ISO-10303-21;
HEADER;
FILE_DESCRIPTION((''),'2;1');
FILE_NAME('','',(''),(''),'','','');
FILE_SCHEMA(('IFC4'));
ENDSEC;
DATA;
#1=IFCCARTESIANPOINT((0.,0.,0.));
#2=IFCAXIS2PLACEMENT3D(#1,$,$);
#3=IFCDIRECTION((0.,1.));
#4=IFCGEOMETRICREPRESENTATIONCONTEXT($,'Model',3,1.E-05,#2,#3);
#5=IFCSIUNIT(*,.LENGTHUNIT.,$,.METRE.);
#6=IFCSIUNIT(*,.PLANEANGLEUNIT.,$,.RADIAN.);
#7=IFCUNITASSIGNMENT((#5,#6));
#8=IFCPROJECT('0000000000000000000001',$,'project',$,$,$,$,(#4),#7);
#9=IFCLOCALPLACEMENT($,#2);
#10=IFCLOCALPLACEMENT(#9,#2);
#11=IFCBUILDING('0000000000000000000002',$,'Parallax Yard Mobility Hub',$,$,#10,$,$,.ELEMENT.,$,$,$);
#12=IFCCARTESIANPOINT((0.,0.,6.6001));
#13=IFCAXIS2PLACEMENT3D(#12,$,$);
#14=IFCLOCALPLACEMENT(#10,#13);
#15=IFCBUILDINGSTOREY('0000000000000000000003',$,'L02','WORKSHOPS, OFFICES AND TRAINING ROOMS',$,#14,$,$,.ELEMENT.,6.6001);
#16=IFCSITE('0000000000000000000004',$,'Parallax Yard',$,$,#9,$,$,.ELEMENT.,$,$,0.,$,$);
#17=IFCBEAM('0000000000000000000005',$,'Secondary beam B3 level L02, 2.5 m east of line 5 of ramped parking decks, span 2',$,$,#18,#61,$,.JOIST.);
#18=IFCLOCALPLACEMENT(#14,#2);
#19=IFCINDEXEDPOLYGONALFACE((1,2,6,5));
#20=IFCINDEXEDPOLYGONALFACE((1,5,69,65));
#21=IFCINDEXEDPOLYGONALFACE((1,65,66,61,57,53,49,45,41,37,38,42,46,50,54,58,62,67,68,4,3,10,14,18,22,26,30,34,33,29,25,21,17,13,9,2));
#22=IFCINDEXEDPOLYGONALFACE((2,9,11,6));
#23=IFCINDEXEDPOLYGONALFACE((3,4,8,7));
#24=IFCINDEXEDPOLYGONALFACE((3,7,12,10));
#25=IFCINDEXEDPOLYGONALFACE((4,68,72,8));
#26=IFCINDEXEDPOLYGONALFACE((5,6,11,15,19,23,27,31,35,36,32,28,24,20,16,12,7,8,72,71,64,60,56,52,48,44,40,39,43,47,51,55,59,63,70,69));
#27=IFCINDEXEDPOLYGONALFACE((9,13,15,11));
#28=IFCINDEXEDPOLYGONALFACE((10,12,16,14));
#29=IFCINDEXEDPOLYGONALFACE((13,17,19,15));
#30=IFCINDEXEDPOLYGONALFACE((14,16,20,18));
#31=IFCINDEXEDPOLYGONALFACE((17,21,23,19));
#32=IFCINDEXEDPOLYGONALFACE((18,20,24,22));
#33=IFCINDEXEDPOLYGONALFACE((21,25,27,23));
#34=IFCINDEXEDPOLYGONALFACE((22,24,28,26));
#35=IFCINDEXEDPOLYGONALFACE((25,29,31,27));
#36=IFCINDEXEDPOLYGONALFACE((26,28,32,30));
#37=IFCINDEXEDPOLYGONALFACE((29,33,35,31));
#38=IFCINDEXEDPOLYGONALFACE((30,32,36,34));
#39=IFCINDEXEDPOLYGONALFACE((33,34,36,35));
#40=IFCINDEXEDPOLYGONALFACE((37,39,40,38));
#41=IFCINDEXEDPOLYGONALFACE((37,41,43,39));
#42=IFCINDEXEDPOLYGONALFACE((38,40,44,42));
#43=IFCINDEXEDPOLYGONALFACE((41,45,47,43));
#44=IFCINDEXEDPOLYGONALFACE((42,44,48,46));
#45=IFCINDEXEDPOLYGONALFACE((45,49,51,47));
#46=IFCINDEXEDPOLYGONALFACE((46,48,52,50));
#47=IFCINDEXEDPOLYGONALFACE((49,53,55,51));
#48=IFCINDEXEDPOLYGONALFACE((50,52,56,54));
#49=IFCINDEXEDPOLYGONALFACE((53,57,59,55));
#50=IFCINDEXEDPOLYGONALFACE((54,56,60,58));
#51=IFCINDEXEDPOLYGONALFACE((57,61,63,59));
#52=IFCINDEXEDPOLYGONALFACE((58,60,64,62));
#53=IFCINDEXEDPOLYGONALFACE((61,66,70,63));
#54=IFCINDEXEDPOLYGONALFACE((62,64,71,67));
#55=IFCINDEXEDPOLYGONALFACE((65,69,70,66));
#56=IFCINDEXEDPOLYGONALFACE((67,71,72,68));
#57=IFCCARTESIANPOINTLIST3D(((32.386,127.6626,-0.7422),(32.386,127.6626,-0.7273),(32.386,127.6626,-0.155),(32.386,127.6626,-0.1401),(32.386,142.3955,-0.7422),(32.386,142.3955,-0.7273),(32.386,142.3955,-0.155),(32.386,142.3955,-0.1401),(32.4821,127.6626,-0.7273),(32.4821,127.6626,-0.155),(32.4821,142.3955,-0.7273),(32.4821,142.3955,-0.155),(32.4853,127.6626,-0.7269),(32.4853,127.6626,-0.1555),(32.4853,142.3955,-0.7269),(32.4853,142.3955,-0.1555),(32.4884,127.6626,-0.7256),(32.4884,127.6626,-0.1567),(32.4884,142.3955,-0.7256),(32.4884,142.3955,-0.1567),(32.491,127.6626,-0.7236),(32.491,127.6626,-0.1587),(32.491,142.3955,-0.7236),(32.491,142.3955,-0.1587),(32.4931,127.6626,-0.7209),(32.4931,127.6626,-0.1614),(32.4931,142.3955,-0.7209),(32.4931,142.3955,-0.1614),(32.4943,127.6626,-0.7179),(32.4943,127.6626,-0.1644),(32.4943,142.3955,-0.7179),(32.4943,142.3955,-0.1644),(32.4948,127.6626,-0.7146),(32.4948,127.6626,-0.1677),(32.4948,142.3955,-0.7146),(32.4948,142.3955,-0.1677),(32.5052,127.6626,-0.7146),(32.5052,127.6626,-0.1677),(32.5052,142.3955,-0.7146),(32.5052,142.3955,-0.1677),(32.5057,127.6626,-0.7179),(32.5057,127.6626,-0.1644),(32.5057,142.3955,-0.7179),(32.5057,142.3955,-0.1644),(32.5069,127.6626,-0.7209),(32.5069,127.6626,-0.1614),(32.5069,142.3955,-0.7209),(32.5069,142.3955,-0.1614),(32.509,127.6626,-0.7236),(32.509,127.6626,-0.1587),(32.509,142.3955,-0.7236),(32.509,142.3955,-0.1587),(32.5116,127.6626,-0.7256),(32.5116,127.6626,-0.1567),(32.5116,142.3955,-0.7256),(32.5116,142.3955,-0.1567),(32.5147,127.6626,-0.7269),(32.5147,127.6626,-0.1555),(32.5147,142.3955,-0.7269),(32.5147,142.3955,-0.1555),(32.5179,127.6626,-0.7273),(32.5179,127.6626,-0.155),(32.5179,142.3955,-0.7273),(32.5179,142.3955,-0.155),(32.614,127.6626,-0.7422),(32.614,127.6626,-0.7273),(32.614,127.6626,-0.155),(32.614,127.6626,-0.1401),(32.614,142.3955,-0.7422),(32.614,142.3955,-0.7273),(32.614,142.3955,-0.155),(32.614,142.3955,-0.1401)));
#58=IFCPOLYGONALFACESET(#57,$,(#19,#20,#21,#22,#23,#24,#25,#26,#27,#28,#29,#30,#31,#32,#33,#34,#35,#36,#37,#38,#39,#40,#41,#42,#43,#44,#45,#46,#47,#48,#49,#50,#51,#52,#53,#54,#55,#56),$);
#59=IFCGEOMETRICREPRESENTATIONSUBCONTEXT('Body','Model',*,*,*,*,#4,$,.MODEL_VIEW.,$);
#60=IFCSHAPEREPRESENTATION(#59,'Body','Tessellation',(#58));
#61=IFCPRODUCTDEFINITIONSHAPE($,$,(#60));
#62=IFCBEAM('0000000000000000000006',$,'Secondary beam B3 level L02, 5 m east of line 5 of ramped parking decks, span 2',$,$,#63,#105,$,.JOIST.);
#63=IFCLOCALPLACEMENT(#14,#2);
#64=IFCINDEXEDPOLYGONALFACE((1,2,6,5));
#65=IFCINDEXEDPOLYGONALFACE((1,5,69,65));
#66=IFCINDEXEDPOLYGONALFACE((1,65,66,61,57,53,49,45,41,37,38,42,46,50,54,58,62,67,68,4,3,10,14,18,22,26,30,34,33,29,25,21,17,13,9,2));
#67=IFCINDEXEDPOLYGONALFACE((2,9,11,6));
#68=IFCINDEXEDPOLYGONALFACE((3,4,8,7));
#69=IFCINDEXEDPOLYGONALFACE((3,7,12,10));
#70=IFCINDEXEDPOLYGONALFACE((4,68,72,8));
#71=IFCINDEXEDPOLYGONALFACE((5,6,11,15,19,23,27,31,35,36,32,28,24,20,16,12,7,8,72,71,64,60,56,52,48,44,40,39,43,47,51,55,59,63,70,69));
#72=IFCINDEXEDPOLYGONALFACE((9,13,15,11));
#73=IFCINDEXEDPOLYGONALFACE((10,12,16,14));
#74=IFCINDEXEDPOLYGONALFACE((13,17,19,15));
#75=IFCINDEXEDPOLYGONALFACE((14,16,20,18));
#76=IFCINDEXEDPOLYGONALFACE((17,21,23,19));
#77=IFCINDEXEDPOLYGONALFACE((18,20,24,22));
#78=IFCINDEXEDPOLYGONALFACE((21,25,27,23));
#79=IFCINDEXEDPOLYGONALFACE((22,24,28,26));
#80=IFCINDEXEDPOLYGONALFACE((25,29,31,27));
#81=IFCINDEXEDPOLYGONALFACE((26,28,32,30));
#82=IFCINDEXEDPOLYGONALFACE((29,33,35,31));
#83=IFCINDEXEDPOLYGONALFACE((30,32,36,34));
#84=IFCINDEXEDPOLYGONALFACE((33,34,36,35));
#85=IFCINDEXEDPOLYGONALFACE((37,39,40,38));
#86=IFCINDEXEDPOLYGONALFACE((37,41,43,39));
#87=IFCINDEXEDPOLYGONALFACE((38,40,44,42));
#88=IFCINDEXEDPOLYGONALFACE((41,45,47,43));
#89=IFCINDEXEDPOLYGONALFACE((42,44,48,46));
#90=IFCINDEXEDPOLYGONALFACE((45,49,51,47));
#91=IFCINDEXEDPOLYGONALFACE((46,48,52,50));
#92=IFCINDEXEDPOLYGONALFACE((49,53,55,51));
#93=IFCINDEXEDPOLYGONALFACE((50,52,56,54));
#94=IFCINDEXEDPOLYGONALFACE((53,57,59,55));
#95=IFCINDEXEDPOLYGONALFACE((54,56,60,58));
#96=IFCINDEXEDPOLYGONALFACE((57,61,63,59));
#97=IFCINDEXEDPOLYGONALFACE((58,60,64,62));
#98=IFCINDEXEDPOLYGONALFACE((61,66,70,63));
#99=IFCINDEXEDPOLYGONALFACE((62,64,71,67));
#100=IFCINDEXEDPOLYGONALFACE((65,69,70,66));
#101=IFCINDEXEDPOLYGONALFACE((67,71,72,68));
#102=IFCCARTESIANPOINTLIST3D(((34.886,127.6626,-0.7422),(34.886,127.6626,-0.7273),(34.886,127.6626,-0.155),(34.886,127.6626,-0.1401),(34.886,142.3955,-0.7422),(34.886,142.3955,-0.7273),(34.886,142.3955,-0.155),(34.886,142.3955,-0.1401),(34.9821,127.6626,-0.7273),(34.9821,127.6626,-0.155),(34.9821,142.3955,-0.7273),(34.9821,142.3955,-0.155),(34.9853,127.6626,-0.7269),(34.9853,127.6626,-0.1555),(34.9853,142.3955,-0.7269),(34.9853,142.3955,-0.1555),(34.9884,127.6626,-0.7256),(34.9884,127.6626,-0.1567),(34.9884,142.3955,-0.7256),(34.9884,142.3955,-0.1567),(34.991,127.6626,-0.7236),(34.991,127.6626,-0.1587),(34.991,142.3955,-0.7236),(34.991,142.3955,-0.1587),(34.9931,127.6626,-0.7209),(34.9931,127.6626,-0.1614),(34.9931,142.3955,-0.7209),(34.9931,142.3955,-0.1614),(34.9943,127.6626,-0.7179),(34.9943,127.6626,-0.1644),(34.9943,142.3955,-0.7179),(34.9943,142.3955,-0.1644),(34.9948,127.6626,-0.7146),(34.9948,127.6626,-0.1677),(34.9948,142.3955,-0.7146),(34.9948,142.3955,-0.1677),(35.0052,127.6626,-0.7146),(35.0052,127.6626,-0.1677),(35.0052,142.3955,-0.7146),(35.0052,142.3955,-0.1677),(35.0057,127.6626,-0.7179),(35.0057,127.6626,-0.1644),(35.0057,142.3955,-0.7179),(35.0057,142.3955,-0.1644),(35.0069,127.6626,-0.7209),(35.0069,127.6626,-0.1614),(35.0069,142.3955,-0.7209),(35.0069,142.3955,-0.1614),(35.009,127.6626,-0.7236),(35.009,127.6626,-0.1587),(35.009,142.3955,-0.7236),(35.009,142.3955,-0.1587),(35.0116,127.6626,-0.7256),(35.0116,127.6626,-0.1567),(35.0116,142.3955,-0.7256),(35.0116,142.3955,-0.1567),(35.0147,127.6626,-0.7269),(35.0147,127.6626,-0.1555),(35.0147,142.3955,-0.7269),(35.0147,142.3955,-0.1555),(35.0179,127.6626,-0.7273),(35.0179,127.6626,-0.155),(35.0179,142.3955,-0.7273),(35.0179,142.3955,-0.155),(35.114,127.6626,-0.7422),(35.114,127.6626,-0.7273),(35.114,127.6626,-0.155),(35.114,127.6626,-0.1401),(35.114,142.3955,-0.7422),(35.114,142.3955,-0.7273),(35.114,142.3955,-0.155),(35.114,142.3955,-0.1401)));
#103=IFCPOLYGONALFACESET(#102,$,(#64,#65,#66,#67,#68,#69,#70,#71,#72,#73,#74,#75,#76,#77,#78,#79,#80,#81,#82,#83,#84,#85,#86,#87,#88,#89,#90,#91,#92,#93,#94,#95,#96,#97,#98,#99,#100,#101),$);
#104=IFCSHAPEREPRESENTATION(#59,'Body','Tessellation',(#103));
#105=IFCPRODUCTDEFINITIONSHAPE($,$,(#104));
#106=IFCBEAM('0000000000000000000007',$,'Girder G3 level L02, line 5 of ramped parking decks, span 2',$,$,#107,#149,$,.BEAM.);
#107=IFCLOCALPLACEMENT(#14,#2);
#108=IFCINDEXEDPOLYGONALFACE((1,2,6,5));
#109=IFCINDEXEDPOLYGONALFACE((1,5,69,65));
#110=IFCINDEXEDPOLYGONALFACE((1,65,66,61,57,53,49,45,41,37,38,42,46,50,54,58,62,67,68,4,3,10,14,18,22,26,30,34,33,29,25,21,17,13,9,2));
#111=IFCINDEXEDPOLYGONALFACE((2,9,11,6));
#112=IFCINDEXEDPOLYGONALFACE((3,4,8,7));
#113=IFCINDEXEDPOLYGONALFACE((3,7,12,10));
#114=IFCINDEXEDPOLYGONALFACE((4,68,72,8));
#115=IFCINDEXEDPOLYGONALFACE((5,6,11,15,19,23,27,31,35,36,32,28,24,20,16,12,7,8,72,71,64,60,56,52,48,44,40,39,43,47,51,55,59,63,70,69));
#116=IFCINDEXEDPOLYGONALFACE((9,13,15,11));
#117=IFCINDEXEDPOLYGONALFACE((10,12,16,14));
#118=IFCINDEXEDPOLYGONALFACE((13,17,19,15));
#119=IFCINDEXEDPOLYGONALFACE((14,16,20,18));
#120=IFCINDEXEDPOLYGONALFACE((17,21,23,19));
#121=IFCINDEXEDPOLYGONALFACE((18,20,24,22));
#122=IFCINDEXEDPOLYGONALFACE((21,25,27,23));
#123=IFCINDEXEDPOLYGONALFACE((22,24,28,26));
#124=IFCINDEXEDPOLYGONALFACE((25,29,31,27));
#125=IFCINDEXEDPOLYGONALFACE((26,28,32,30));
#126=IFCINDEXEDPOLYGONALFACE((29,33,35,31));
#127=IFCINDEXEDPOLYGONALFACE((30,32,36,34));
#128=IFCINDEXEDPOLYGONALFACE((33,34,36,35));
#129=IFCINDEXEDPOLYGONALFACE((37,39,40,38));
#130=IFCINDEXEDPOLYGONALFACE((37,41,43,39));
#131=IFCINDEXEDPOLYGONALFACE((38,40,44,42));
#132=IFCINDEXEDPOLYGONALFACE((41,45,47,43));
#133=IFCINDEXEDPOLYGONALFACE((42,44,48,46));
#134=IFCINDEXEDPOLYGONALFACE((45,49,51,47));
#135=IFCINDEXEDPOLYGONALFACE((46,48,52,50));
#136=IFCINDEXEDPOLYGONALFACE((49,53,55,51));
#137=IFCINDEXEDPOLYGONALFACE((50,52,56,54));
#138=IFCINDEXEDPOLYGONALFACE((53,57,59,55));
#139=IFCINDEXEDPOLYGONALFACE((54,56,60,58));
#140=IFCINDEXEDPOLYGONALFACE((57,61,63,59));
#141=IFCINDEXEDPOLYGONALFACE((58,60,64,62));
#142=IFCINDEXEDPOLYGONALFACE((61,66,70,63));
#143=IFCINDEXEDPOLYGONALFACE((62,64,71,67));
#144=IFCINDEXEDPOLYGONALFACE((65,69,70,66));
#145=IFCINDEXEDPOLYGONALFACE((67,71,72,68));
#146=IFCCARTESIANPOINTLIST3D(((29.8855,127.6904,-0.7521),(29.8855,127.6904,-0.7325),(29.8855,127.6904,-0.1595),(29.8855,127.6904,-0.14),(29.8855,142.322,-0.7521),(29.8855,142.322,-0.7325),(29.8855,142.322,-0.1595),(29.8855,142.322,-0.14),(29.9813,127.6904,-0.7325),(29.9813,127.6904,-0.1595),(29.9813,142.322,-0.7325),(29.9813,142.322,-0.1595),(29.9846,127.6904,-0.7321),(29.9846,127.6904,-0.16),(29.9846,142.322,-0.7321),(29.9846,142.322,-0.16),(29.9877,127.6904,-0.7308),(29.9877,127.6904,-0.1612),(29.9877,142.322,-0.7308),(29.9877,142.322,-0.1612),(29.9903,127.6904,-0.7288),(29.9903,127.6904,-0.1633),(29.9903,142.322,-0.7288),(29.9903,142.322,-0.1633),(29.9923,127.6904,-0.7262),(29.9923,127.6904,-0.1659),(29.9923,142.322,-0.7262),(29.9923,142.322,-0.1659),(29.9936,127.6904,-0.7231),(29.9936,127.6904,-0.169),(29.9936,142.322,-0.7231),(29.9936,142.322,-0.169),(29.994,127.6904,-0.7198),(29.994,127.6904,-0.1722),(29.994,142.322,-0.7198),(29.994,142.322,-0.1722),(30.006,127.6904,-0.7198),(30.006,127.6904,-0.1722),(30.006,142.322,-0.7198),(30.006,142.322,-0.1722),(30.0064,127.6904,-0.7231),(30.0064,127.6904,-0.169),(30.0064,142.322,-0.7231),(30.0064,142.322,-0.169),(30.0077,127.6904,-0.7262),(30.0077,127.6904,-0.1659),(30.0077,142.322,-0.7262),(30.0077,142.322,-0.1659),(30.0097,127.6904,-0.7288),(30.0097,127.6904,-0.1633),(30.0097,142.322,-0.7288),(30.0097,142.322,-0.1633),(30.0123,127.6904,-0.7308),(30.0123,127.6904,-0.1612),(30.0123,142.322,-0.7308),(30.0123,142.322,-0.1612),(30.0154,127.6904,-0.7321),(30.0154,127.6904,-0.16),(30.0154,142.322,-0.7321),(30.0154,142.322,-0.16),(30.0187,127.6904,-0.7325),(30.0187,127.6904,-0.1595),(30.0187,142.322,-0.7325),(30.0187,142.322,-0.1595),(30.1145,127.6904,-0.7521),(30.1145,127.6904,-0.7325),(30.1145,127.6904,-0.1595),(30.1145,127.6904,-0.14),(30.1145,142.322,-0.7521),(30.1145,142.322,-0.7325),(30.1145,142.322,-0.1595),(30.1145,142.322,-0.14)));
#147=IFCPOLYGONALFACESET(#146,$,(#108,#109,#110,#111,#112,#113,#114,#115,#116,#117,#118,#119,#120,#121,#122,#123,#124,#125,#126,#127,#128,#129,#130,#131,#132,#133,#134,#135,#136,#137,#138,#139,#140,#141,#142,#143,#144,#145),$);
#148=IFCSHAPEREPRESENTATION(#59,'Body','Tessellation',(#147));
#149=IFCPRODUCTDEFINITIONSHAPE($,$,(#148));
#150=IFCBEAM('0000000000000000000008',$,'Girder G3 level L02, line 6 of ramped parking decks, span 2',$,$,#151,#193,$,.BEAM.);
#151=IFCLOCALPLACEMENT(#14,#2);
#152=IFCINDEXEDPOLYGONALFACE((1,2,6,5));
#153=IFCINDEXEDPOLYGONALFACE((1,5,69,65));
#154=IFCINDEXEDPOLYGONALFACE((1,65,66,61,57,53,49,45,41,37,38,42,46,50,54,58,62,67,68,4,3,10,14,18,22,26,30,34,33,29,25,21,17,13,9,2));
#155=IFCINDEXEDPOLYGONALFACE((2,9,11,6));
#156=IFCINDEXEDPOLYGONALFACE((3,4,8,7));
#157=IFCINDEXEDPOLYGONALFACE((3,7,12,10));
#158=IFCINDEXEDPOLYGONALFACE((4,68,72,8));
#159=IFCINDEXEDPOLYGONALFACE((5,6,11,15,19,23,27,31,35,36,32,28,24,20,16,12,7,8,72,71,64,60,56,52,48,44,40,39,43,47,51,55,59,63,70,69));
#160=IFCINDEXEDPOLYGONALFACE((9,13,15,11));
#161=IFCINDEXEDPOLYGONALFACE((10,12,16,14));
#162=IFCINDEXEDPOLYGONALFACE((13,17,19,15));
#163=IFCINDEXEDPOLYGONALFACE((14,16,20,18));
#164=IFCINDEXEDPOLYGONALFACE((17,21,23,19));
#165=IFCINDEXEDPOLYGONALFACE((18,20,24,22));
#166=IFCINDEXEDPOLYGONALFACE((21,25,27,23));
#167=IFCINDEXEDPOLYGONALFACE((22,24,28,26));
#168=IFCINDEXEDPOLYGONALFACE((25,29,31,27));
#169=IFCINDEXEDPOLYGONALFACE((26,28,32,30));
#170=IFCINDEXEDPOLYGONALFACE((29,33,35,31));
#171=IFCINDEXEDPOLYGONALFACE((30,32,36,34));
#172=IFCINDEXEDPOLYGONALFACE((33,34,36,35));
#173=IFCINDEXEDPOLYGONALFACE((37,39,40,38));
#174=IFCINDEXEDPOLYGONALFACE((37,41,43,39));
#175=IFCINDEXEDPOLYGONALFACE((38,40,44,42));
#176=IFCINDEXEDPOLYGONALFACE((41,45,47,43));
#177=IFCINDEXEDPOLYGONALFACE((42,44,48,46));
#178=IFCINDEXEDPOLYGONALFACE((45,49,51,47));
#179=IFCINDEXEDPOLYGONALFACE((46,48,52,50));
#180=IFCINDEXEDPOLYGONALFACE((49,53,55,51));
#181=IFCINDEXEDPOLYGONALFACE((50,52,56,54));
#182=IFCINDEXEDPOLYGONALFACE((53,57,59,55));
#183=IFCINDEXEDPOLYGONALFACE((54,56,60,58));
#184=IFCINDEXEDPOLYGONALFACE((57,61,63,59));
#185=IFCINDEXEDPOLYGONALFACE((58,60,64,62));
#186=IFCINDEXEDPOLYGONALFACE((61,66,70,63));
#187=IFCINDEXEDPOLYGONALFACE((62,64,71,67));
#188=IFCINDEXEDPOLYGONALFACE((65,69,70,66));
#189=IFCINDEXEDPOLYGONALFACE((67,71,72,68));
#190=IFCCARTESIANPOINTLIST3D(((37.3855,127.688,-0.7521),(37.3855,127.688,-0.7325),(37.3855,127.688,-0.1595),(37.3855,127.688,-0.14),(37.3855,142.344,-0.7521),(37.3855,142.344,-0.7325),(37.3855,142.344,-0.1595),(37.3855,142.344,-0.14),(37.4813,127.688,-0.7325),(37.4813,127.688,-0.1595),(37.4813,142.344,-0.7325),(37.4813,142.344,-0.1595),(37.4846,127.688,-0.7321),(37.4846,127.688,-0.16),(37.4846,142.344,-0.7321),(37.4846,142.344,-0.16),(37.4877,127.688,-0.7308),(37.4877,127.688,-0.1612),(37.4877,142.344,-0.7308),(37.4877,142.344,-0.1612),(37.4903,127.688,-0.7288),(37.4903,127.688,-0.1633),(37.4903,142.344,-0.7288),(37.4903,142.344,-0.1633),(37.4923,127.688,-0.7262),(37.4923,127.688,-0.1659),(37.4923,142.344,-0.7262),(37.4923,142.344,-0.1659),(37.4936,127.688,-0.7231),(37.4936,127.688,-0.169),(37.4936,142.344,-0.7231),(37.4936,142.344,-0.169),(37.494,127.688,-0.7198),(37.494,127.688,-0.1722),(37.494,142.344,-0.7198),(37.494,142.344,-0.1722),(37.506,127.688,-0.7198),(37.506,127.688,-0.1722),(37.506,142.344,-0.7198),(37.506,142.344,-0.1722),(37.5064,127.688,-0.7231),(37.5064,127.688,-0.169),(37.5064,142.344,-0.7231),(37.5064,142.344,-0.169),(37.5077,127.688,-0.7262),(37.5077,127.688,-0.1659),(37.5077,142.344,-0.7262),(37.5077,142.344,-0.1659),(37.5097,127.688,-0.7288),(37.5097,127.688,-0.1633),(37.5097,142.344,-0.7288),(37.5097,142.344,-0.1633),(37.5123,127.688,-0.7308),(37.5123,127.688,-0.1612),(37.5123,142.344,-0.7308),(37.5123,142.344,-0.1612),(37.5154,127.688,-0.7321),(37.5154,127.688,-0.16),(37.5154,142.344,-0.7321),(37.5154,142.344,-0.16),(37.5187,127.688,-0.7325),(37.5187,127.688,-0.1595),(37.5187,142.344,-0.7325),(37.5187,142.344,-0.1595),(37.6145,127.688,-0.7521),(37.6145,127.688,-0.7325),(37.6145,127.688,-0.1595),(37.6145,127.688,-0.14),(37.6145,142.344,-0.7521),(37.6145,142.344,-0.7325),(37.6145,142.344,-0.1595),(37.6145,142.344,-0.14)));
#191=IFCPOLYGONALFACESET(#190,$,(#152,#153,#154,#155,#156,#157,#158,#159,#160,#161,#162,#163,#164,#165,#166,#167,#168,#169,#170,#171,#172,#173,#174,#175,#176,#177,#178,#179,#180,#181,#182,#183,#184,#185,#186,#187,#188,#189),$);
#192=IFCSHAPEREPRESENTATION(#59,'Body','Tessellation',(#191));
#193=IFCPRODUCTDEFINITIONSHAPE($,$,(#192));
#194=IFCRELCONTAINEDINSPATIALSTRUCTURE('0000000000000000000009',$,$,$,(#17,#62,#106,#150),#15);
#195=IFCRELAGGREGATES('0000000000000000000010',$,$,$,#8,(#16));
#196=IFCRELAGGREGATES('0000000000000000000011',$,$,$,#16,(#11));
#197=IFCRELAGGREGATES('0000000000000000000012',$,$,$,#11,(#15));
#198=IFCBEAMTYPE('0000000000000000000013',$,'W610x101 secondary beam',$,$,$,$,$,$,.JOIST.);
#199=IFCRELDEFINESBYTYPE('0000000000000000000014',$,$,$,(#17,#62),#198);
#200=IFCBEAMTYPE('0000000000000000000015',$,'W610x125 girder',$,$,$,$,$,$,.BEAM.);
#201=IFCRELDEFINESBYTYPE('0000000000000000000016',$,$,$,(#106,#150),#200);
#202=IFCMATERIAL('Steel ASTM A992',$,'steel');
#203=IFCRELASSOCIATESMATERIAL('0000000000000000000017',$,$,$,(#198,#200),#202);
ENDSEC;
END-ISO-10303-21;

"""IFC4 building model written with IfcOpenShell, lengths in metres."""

from ifc_helpers import new_model, si_unit, direction, frame, origin, origin_2d, place, context, subcontext, project, spatial, i_section, extrude, material, material_profile, profile_set, type_object, element, save


model = new_model("IFC4")

# Units and contexts
model_context = context("Model", 3, precision=1e-05, world=origin(), true_north=direction((0.0, 1.0)))
body_context = subcontext(model_context, "Body", "Model", "MODEL_VIEW")
ifc_project = project(units=[si_unit("LENGTHUNIT", "METRE"), si_unit("PLANEANGLEUNIT", "RADIAN")], contexts=[model_context])

# Site, building, storey
site_placement = place(None, origin())
site = spatial("IfcSite", under=ifc_project, at=site_placement, Name="Parallax Yard", CompositionType="ELEMENT", RefElevation=0.0)
building_placement = place(site_placement, origin())
building = spatial("IfcBuilding", under=site, at=building_placement, Name="Parallax Yard Mobility Hub", CompositionType="ELEMENT")
storey_placement = place(building_placement, frame((0.0, 0.0, 6.6001)))
storey = spatial("IfcBuildingStorey", under=building, at=storey_placement, Name="L02", Description="WORKSHOPS, OFFICES AND TRAINING ROOMS", CompositionType="ELEMENT", Elevation=6.6001)

# Shared definitions
ifc_material_1 = material(Name="Steel ASTM A992", Category="steel")

# Beams
ifc_material_profile_1 = material_profile(ifc_material_1, i_section(OverallWidth=0.228, OverallDepth=0.6021, WebThickness=0.0105, FlangeThickness=0.0149, FilletRadius=0.0127, at=origin_2d()), Name="W610x101")
ifc_profile_set_1 = profile_set([ifc_material_profile_1], Name="Steel ASTM A992")
beam_type_1 = type_object("IfcBeamType", Name="W610x101 secondary beam", PredefinedType="JOIST", material=ifc_profile_set_1)
for number, where, z_axis, x_axis, name in (
    (1, (32.5, 127.6626, -0.4412), (0.0, 1.0, 0.0), (-1.0, 0.0, 0.0), "Secondary beam B3 level L02, 2.5 m east of line 5 of ramped parking decks, span 2"),
    (2, (35.0, 127.6626, -0.4412), (0.0, 1.0, 0.0), (-1.0, 0.0, 0.0), "Secondary beam B3 level L02, 5 m east of line 5 of ramped parking decks, span 2"),
):
    element("IfcBeam", number, at=place(storey_placement, frame(where, z_axis=z_axis, x_axis=x_axis)), inside=storey, type_object=beam_type_1, Name=name, PredefinedType="JOIST", context=body_context, shape_type="SweptSolid", body=[
        extrude(i_section(OverallWidth=0.228, OverallDepth=0.6021, WebThickness=0.0105, FlangeThickness=0.0149, FilletRadius=0.0127, at=origin_2d()), origin(), (0.0, 0.0, 1.0), 14.7329),
    ])
ifc_material_profile_2 = material_profile(ifc_material_1, i_section(OverallWidth=0.229, OverallDepth=0.6121, WebThickness=0.012, FlangeThickness=0.0195, FilletRadius=0.0127, at=origin_2d()), Name="W610x125")
ifc_profile_set_2 = profile_set([ifc_material_profile_2], Name="Steel ASTM A992")
beam_type_2 = type_object("IfcBeamType", Name="W610x125 girder", PredefinedType="BEAM", material=ifc_profile_set_2)
beam_1_placement = place(storey_placement, frame((30.0, 127.6904, -0.446), z_axis=(0.0, 1.0, 0.0), x_axis=(-1.0, 0.0, 0.0)))
element("IfcBeam", 3, at=beam_1_placement, inside=storey, type_object=beam_type_2, Name="Girder G3 level L02, line 5 of ramped parking decks, span 2", PredefinedType="BEAM", context=body_context, shape_type="SweptSolid", body=[
    extrude(i_section(OverallWidth=0.229, OverallDepth=0.6121, WebThickness=0.012, FlangeThickness=0.0195, FilletRadius=0.0127, at=origin_2d()), origin(), (0.0, 0.0, 1.0), 14.6316),
])
beam_2_placement = place(storey_placement, frame((37.5, 127.688, -0.446), z_axis=(0.0, 1.0, 0.0), x_axis=(-1.0, 0.0, 0.0)))
element("IfcBeam", 4, at=beam_2_placement, inside=storey, type_object=beam_type_2, Name="Girder G3 level L02, line 6 of ramped parking decks, span 2", PredefinedType="BEAM", context=body_context, shape_type="SweptSolid", body=[
    extrude(i_section(OverallWidth=0.229, OverallDepth=0.6121, WebThickness=0.012, FlangeThickness=0.0195, FilletRadius=0.0127, at=origin_2d()), origin(), (0.0, 0.0, 1.0), 14.656),
])

save(model, "model.ifc")
